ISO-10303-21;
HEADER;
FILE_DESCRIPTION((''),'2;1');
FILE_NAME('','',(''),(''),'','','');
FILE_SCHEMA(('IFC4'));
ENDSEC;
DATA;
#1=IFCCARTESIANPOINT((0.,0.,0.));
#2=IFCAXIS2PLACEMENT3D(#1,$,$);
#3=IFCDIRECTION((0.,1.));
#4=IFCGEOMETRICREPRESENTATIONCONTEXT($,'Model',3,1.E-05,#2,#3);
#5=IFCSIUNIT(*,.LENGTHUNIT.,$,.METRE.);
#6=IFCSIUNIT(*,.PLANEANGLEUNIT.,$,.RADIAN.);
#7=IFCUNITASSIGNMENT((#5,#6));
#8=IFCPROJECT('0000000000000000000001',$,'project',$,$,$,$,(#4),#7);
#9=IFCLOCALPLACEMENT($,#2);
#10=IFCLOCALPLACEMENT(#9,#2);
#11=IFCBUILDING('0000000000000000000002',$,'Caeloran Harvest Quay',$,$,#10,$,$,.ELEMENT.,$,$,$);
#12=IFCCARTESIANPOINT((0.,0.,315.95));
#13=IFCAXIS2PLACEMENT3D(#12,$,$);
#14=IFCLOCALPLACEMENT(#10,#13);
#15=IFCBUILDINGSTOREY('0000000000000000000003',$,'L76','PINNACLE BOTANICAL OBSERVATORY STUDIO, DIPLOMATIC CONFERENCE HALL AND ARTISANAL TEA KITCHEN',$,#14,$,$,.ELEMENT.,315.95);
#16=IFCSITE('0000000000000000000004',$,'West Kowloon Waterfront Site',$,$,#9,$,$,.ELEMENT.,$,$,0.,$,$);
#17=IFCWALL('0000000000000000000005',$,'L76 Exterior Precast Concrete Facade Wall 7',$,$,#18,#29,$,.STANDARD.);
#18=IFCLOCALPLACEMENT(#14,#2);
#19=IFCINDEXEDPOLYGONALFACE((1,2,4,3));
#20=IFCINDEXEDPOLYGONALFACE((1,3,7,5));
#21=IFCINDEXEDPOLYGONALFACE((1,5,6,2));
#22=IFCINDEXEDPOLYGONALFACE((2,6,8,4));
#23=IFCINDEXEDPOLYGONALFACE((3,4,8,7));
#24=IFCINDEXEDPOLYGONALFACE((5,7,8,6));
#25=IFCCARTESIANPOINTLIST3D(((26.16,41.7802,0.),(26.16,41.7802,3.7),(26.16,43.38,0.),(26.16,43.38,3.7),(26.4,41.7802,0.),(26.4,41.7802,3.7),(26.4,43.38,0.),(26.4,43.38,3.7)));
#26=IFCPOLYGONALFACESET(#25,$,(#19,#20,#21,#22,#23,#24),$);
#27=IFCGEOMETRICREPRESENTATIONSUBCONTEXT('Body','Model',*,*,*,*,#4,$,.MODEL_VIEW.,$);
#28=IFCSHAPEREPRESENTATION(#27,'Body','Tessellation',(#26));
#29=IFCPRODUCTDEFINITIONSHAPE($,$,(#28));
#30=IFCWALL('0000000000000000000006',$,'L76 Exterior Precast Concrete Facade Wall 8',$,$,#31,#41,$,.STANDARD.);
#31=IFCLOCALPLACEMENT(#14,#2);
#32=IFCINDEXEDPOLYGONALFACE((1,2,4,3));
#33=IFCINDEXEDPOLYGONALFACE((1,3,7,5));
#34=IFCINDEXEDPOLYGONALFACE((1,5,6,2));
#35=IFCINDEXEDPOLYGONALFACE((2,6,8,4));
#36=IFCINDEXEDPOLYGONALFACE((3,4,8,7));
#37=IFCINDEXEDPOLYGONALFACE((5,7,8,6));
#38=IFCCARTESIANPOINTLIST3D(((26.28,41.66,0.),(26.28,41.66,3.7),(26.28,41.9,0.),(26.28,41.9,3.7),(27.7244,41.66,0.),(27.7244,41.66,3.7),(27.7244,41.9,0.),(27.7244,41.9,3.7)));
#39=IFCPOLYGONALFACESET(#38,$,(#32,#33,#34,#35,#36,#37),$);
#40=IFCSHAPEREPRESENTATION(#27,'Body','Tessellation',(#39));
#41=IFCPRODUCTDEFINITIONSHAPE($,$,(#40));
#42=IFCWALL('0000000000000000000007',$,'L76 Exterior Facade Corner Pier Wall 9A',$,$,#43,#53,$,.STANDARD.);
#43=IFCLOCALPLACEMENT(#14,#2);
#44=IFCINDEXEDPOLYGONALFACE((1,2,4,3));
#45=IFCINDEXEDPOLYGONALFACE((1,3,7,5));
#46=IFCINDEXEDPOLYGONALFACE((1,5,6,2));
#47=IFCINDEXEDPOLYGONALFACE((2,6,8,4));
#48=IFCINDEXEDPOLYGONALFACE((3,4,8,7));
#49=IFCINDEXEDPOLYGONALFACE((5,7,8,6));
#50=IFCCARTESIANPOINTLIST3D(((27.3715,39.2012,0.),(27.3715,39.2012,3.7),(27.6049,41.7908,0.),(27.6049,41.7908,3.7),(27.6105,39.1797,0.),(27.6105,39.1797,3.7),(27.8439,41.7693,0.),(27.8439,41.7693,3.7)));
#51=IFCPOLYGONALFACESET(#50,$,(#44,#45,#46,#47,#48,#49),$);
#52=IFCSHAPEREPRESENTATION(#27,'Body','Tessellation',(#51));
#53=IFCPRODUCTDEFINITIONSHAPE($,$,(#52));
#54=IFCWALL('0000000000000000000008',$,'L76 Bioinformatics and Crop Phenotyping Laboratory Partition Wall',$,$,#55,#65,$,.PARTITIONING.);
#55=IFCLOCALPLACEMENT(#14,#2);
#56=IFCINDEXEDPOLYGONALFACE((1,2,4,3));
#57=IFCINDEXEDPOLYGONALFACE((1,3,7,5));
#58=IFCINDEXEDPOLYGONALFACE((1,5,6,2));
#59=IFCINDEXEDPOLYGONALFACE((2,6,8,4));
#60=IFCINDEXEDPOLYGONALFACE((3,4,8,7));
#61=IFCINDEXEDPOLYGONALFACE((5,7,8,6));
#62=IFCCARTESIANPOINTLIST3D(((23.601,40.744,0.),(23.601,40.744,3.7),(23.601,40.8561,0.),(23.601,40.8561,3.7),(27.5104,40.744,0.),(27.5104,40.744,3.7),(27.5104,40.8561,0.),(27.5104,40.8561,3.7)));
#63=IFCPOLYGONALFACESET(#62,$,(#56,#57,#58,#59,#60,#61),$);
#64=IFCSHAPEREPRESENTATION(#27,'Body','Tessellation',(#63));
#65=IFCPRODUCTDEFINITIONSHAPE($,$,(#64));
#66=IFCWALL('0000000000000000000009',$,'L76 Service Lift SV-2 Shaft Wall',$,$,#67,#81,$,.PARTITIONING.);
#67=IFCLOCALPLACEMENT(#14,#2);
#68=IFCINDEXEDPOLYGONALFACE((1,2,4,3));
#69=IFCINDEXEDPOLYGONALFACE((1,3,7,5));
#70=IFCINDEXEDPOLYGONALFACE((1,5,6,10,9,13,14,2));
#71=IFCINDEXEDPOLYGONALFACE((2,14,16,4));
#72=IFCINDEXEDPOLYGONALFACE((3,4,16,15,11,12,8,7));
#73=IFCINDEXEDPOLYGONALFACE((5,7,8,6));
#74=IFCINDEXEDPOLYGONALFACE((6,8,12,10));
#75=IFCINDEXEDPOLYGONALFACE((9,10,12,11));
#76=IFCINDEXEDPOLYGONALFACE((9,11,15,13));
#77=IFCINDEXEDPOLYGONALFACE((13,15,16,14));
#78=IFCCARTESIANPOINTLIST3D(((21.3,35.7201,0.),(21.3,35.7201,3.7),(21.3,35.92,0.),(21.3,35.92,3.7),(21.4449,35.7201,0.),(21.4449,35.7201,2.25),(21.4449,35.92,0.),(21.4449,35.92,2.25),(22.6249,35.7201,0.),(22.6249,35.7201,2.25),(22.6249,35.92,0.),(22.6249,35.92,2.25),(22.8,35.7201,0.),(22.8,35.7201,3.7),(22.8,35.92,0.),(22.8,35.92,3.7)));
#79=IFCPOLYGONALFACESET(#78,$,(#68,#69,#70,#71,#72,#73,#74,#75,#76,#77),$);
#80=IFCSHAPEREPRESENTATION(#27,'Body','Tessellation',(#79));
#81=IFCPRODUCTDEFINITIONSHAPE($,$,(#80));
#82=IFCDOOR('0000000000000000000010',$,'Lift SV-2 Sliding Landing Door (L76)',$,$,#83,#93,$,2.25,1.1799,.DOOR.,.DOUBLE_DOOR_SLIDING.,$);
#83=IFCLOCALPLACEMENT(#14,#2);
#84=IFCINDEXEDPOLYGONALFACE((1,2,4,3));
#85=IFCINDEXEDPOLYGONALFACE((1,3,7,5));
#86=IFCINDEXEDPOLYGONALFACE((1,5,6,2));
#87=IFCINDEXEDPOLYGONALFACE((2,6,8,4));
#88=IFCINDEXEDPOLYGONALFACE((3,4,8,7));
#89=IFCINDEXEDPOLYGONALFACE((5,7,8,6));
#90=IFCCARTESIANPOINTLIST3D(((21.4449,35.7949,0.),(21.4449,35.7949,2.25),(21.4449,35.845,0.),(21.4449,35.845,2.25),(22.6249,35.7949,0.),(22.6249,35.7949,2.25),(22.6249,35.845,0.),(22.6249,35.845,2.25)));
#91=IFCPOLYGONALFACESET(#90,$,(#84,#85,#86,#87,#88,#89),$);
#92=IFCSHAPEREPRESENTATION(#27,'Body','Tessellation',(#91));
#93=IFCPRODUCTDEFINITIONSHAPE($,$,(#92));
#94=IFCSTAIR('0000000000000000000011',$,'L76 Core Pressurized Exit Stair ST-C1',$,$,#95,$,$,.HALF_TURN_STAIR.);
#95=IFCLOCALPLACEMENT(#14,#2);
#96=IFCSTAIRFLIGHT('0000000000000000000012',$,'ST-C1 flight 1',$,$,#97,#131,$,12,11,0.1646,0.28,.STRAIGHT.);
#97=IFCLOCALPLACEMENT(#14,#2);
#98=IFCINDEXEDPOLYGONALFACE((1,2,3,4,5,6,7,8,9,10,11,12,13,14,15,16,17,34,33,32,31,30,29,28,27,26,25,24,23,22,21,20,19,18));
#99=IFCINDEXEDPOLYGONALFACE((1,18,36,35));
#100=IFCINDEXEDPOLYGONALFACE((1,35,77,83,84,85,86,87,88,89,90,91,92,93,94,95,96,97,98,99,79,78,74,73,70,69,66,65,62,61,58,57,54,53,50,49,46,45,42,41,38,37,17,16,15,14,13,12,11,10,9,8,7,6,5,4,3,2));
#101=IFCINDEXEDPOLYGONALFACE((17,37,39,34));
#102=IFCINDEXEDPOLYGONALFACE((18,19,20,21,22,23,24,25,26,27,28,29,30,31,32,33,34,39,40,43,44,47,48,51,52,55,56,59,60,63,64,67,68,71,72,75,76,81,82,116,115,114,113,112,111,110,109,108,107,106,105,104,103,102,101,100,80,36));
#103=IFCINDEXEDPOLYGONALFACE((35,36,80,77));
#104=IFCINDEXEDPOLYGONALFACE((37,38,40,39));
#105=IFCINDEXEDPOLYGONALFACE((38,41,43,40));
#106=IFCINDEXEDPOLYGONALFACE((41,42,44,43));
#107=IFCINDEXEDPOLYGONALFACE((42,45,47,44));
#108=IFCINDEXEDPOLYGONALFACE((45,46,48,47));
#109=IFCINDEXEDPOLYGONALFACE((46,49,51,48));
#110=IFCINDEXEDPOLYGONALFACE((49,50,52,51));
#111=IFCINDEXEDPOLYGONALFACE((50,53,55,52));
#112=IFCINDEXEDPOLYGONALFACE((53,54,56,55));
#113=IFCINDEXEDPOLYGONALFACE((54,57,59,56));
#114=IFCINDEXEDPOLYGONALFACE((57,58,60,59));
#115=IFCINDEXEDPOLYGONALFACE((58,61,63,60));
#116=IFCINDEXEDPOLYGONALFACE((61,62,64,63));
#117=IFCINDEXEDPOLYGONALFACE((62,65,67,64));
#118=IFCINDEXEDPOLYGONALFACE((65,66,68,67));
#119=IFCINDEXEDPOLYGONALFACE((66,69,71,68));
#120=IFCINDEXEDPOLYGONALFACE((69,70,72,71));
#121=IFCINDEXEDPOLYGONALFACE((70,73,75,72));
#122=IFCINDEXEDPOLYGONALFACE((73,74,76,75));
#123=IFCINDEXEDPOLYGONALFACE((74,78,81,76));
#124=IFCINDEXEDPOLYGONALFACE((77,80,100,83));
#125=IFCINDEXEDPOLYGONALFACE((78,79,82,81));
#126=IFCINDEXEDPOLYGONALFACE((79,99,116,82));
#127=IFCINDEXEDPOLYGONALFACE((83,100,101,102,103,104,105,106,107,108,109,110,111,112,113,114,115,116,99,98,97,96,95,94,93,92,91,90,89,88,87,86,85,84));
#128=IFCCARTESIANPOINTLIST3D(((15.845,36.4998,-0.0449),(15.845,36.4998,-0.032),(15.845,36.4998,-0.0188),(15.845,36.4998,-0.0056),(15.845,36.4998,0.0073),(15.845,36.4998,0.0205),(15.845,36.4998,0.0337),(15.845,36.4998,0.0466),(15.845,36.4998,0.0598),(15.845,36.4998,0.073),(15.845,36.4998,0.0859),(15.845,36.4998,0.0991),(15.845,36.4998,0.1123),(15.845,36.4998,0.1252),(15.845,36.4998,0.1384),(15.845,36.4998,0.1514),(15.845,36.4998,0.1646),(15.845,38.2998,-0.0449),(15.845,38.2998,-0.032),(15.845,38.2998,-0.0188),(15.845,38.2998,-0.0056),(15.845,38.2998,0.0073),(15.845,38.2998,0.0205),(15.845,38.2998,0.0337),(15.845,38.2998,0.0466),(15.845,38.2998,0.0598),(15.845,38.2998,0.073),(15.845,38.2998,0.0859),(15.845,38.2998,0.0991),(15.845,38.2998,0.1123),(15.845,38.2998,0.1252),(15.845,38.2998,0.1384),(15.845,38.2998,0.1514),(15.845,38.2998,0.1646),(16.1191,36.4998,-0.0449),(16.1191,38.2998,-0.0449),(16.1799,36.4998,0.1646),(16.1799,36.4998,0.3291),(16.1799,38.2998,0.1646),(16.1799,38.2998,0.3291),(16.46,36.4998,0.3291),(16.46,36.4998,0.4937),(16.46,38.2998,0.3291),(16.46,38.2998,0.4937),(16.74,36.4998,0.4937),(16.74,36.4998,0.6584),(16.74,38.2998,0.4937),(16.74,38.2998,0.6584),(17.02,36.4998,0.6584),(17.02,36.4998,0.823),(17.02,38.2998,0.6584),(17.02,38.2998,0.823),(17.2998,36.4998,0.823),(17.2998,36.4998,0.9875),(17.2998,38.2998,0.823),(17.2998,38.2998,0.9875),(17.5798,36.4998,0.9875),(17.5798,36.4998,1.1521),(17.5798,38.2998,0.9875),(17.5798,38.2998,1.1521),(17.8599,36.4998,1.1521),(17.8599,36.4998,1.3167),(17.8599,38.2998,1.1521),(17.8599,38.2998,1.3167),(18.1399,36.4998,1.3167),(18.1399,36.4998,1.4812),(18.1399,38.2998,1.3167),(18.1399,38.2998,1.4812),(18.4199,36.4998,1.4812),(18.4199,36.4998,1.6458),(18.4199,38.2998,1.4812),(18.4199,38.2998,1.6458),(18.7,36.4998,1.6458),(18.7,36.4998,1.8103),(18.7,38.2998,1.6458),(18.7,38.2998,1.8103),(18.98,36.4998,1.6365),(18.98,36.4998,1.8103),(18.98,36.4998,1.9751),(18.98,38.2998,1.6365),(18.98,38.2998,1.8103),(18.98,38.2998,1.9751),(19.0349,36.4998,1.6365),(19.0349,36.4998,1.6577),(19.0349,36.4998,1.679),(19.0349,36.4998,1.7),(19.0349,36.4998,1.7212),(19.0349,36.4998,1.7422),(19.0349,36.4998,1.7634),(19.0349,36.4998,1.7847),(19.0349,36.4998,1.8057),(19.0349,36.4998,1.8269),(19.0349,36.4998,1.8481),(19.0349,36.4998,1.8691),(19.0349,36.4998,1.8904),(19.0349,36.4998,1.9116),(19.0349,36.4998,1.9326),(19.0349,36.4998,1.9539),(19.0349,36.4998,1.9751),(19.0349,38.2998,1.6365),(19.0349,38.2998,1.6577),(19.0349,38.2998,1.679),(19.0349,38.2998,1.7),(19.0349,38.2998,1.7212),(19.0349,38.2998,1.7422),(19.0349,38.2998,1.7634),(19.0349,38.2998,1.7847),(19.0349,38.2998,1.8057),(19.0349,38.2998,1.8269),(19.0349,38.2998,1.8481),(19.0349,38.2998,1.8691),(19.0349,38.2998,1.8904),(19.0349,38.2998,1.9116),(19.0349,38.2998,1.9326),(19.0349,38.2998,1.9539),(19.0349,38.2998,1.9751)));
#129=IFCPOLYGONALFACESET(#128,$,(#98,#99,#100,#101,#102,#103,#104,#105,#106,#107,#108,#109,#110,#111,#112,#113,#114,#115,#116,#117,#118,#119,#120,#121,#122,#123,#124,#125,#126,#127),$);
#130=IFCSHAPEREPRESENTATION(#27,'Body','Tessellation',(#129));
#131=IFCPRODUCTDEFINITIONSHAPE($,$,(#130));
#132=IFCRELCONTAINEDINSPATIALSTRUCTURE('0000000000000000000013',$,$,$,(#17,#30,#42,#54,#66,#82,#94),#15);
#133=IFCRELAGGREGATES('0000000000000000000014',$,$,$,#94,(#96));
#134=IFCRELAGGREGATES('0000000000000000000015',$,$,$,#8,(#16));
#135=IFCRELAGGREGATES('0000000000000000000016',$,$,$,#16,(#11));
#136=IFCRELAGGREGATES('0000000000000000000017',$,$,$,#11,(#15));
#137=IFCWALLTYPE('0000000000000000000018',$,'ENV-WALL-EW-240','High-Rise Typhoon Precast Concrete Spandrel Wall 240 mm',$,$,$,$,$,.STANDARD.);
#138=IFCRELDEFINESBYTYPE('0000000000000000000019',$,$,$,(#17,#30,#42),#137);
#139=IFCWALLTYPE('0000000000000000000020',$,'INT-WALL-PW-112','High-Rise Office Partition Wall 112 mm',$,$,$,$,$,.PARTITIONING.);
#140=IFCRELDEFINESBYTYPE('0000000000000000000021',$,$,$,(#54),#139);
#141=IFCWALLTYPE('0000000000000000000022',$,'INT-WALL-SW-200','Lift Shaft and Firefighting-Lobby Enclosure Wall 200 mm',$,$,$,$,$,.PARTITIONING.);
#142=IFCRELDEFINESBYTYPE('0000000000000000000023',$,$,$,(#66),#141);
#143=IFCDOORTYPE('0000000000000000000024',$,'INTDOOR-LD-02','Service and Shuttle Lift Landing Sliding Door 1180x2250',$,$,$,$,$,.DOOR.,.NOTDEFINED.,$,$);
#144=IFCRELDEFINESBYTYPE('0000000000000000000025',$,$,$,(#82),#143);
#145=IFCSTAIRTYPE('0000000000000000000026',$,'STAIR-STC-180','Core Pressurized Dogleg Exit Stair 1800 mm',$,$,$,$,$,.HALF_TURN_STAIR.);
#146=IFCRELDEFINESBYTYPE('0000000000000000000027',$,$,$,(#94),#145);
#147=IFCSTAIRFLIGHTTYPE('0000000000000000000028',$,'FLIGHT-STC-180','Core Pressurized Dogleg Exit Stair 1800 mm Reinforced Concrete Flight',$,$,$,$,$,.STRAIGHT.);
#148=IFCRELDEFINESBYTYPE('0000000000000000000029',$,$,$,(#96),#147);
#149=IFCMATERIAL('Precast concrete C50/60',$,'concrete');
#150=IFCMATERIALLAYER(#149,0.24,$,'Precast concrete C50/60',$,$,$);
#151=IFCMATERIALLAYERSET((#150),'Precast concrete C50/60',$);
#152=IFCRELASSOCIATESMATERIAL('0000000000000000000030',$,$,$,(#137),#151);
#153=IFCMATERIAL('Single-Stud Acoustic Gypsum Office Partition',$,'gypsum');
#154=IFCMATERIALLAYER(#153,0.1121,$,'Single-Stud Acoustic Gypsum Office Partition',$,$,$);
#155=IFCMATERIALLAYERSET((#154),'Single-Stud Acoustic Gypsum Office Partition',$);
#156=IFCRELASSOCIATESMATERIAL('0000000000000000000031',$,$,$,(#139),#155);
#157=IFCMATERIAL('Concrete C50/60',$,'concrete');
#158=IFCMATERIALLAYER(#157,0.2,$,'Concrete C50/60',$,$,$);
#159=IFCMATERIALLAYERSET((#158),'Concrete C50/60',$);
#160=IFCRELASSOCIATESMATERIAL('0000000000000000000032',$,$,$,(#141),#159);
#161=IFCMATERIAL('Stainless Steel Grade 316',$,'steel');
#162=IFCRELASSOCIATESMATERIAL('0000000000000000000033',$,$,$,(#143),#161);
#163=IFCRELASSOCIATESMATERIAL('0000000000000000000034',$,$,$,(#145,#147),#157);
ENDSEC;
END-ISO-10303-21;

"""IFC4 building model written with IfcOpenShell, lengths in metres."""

from ifc_helpers import new_model, si_unit, direction, frame, frame_2d, origin, place, context, subcontext, project, spatial, polyline, rectangle, outline, extrude, material, layer, layer_set, type_object, element, fill, aggregate, save


model = new_model("IFC4")

# Units and contexts
model_context = context("Model", 3, precision=1e-05, world=origin(), true_north=direction((0.0, 1.0)))
body_context = subcontext(model_context, "Body", "Model", "MODEL_VIEW")
ifc_project = project(units=[si_unit("LENGTHUNIT", "METRE"), si_unit("PLANEANGLEUNIT", "RADIAN")], contexts=[model_context])

# Site, building, storey
site_placement = place(None, origin())
site = spatial("IfcSite", under=ifc_project, at=site_placement, Name="West Kowloon Waterfront Site", CompositionType="ELEMENT", RefElevation=0.0)
building_placement = place(site_placement, origin())
building = spatial("IfcBuilding", under=site, at=building_placement, Name="Caeloran Harvest Quay", CompositionType="ELEMENT")
storey_placement = place(building_placement, frame((0.0, 0.0, 315.95)))
storey = spatial("IfcBuildingStorey", under=building, at=storey_placement, Name="L76", Description="PINNACLE BOTANICAL OBSERVATORY STUDIO, DIPLOMATIC CONFERENCE HALL AND ARTISANAL TEA KITCHEN", CompositionType="ELEMENT", Elevation=315.95)

# Walls
ifc_material_1 = material(Name="Precast concrete C50/60", Category="concrete")
ifc_layer_1 = layer(ifc_material_1, 0.24, Name="Precast concrete C50/60")
ifc_layer_set_1 = layer_set([ifc_layer_1], Name="Precast concrete C50/60")
wall_type_1 = type_object("IfcWallType", Name="ENV-WALL-EW-240", Description="High-Rise Typhoon Precast Concrete Spandrel Wall 240 mm", PredefinedType="STANDARD", material=ifc_layer_set_1)
wall_1_placement = place(storey_placement, frame((26.28, 43.3799, 0.0), z_axis=(0.0, 0.0, 1.0), x_axis=(0.0, -1.0, 0.0)))
element("IfcWall", 1, at=wall_1_placement, inside=storey, type_object=wall_type_1, Name="L76 Exterior Precast Concrete Facade Wall 7", PredefinedType="STANDARD", context=body_context, shape_type="SweptSolid", body=[
    extrude(rectangle(XDim=1.5999, YDim=0.24, at=frame_2d((0.7998, 0.0))), origin(), (0.0, 0.0, 1.0), 3.7),
])
wall_2_placement = place(storey_placement, frame((26.28, 41.78, 0.0), z_axis=(0.0, 0.0, 1.0), x_axis=(1.0, 0.0, 0.0)))
element("IfcWall", 2, at=wall_2_placement, inside=storey, type_object=wall_type_1, Name="L76 Exterior Precast Concrete Facade Wall 8", PredefinedType="STANDARD", context=body_context, shape_type="SweptSolid", body=[
    extrude(rectangle(XDim=1.4443, YDim=0.24, at=frame_2d((0.7222, 0.0))), origin(), (0.0, 0.0, 1.0), 3.7),
])
wall_3_placement = place(storey_placement, frame((27.7244, 41.78, 0.0), z_axis=(0.0, 0.0, 1.0), x_axis=(-0.089765, -0.995963, 0.0)))
element("IfcWall", 3, at=wall_3_placement, inside=storey, type_object=wall_type_1, Name="L76 Exterior Facade Corner Pier Wall 9A", PredefinedType="STANDARD", context=body_context, shape_type="SweptSolid", body=[
    extrude(rectangle(XDim=2.6001, YDim=0.24, at=frame_2d((1.3, 0.0))), origin(), (0.0, 0.0, 1.0), 3.7),
])
ifc_material_2 = material(Name="Single-Stud Acoustic Gypsum Office Partition", Category="gypsum")
ifc_layer_2 = layer(ifc_material_2, 0.1121, Name="Single-Stud Acoustic Gypsum Office Partition")
ifc_layer_set_2 = layer_set([ifc_layer_2], Name="Single-Stud Acoustic Gypsum Office Partition")
wall_type_2 = type_object("IfcWallType", Name="INT-WALL-PW-112", Description="High-Rise Office Partition Wall 112 mm", PredefinedType="PARTITIONING", material=ifc_layer_set_2)
wall_4_placement = place(storey_placement, frame((23.6011, 40.8, 0.0), z_axis=(0.0, 0.0, 1.0), x_axis=(1.0, 0.0, 0.0)))
element("IfcWall", 4, at=wall_4_placement, inside=storey, type_object=wall_type_2, Name="L76 Bioinformatics and Crop Phenotyping Laboratory Partition Wall", PredefinedType="PARTITIONING", context=body_context, shape_type="SweptSolid", body=[
    extrude(rectangle(XDim=3.9094, YDim=0.1121, at=frame_2d((1.9546, 0.0))), origin(), (0.0, 0.0, 1.0), 3.7),
])

# Wall, opening, door
ifc_material_3 = material(Name="Concrete C50/60", Category="concrete")
ifc_layer_3 = layer(ifc_material_3, 0.2, Name="Concrete C50/60")
ifc_layer_set_3 = layer_set([ifc_layer_3], Name="Concrete C50/60")
wall_type_3 = type_object("IfcWallType", Name="INT-WALL-SW-200", Description="Lift Shaft and Firefighting-Lobby Enclosure Wall 200 mm", PredefinedType="PARTITIONING", material=ifc_layer_set_3)
wall_5_placement = place(storey_placement, frame((21.3, 35.8201, 0.0), z_axis=(0.0, 0.0, 1.0), x_axis=(1.0, 0.0, 0.0)))
wall_5 = element("IfcWall", 5, at=wall_5_placement, inside=storey, type_object=wall_type_3, Name="L76 Service Lift SV-2 Shaft Wall", PredefinedType="PARTITIONING", context=body_context, shape_type="SweptSolid", body=[
    extrude(rectangle(XDim=1.5, YDim=0.2, at=frame_2d((0.75, 0.0))), origin(), (0.0, 0.0, 1.0), 3.7),
])
opening_placement = place(wall_5_placement, frame((0.145, 0.0, 0.0)))
opening = element("IfcOpeningElement", 6, at=opening_placement, cuts=wall_5, PredefinedType="OPENING", context=body_context, shape_type="SweptSolid", body=[
    extrude(rectangle(XDim=1.1799, YDim=2.25, at=frame_2d((0.5898, 1.125))), frame((0.0, 0.1099, 0.0), z_axis=(0.0, -1.0, 0.0), x_axis=(1.0, 0.0, 0.0)), (0.0, 0.0, 1.0), 0.22),
])
ifc_material_4 = material(Name="Stainless Steel Grade 316", Category="steel")
door_type = type_object("IfcDoorType", Name="INTDOOR-LD-02", Description="Service and Shuttle Lift Landing Sliding Door 1180x2250", OperationType="NOTDEFINED", PredefinedType="DOOR", material=ifc_material_4)
door_placement = place(opening_placement, origin())
door = element("IfcDoor", 7, at=door_placement, inside=storey, type_object=door_type, Name="Lift SV-2 Sliding Landing Door (L76)", OperationType="DOUBLE_DOOR_SLIDING", OverallHeight=2.25, OverallWidth=1.1799, PredefinedType="DOOR", context=body_context, shape_type="SweptSolid", body=[
    extrude(rectangle(XDim=1.1799, YDim=2.25, at=frame_2d((0.5898, 1.125))), frame((0.0, 0.0249, 0.0), z_axis=(0.0, -1.0, 0.0), x_axis=(1.0, 0.0, 0.0)), (0.0, 0.0, 1.0), 0.05),
])
fill(opening, door)

# Stair, stair flight
stair_type = type_object("IfcStairType", Name="STAIR-STC-180", Description="Core Pressurized Dogleg Exit Stair 1800 mm", PredefinedType="HALF_TURN_STAIR", material=ifc_material_3)
stair_1_placement = place(storey_placement, origin())
stair_1 = element("IfcStair", 8, at=stair_1_placement, inside=storey, type_object=stair_type, Name="L76 Core Pressurized Exit Stair ST-C1", PredefinedType="HALF_TURN_STAIR")
stair_flight_type = type_object("IfcStairFlightType", Name="FLIGHT-STC-180", Description="Core Pressurized Dogleg Exit Stair 1800 mm Reinforced Concrete Flight", PredefinedType="STRAIGHT", material=ifc_material_3)
stair_flight_1_placement = place(storey_placement, frame((15.8999, 37.3999, 0.0), z_axis=(0.0, 0.0, 1.0), x_axis=(1.0, 0.0, 0.0)))
stair_flight_1 = element("IfcStairFlight", 9, at=stair_flight_1_placement, type_object=stair_flight_type, Name="ST-C1 flight 1", NumberOfRisers=12, NumberOfTreads=11, PredefinedType="STRAIGHT", RiserHeight=0.1646, TreadLength=0.28, context=body_context, shape_type="SweptSolid", body=[
    extrude(outline(polyline([(-0.0549, -0.0449), (-0.0549, -0.032), (-0.0549, -0.0188), (-0.0549, -0.0056), (-0.0549, 0.0073), (-0.0549, 0.0205), (-0.0549, 0.0337), (-0.0549, 0.0466), (-0.0549, 0.0598), (-0.0549, 0.073), (-0.0549, 0.0859), (-0.0549, 0.0991), (-0.0549, 0.1123), (-0.0549, 0.1252), (-0.0549, 0.1384), (-0.0549, 0.1514), (-0.0549, 0.1646), (0.28, 0.1646), (0.28, 0.3291), (0.5601, 0.3291), (0.5601, 0.4937), (0.8401, 0.4937), (0.8401, 0.6584), (1.1201, 0.6584), (1.1201, 0.823), (1.3999, 0.823), (1.3999, 0.9875), (1.6799, 0.9875), (1.6799, 1.1521), (1.96, 1.1521), (1.96, 1.3167), (2.24, 1.3167), (2.24, 1.4812), (2.52, 1.4812), (2.52, 1.6458), (2.8, 1.6458), (2.8, 1.8103), (3.0801, 1.8103), (3.0801, 1.9751), (3.135, 1.9751), (3.135, 1.9539), (3.135, 1.9326), (3.135, 1.9116), (3.135, 1.8904), (3.135, 1.8691), (3.135, 1.8481), (3.135, 1.8269), (3.135, 1.8057), (3.135, 1.7847), (3.135, 1.7634), (3.135, 1.7422), (3.135, 1.7212), (3.135, 1.7), (3.135, 1.679), (3.135, 1.6577), (3.135, 1.6365), (3.0801, 1.6365), (0.2192, -0.0449), (-0.0549, -0.0449)])), frame((0.0, 0.8999, 0.0), z_axis=(0.0, -1.0, 0.0), x_axis=(1.0, 0.0, 0.0)), (0.0, 0.0, 1.0), 1.8),
])
aggregate(stair_1, [stair_flight_1])

save(model, "model.ifc")
